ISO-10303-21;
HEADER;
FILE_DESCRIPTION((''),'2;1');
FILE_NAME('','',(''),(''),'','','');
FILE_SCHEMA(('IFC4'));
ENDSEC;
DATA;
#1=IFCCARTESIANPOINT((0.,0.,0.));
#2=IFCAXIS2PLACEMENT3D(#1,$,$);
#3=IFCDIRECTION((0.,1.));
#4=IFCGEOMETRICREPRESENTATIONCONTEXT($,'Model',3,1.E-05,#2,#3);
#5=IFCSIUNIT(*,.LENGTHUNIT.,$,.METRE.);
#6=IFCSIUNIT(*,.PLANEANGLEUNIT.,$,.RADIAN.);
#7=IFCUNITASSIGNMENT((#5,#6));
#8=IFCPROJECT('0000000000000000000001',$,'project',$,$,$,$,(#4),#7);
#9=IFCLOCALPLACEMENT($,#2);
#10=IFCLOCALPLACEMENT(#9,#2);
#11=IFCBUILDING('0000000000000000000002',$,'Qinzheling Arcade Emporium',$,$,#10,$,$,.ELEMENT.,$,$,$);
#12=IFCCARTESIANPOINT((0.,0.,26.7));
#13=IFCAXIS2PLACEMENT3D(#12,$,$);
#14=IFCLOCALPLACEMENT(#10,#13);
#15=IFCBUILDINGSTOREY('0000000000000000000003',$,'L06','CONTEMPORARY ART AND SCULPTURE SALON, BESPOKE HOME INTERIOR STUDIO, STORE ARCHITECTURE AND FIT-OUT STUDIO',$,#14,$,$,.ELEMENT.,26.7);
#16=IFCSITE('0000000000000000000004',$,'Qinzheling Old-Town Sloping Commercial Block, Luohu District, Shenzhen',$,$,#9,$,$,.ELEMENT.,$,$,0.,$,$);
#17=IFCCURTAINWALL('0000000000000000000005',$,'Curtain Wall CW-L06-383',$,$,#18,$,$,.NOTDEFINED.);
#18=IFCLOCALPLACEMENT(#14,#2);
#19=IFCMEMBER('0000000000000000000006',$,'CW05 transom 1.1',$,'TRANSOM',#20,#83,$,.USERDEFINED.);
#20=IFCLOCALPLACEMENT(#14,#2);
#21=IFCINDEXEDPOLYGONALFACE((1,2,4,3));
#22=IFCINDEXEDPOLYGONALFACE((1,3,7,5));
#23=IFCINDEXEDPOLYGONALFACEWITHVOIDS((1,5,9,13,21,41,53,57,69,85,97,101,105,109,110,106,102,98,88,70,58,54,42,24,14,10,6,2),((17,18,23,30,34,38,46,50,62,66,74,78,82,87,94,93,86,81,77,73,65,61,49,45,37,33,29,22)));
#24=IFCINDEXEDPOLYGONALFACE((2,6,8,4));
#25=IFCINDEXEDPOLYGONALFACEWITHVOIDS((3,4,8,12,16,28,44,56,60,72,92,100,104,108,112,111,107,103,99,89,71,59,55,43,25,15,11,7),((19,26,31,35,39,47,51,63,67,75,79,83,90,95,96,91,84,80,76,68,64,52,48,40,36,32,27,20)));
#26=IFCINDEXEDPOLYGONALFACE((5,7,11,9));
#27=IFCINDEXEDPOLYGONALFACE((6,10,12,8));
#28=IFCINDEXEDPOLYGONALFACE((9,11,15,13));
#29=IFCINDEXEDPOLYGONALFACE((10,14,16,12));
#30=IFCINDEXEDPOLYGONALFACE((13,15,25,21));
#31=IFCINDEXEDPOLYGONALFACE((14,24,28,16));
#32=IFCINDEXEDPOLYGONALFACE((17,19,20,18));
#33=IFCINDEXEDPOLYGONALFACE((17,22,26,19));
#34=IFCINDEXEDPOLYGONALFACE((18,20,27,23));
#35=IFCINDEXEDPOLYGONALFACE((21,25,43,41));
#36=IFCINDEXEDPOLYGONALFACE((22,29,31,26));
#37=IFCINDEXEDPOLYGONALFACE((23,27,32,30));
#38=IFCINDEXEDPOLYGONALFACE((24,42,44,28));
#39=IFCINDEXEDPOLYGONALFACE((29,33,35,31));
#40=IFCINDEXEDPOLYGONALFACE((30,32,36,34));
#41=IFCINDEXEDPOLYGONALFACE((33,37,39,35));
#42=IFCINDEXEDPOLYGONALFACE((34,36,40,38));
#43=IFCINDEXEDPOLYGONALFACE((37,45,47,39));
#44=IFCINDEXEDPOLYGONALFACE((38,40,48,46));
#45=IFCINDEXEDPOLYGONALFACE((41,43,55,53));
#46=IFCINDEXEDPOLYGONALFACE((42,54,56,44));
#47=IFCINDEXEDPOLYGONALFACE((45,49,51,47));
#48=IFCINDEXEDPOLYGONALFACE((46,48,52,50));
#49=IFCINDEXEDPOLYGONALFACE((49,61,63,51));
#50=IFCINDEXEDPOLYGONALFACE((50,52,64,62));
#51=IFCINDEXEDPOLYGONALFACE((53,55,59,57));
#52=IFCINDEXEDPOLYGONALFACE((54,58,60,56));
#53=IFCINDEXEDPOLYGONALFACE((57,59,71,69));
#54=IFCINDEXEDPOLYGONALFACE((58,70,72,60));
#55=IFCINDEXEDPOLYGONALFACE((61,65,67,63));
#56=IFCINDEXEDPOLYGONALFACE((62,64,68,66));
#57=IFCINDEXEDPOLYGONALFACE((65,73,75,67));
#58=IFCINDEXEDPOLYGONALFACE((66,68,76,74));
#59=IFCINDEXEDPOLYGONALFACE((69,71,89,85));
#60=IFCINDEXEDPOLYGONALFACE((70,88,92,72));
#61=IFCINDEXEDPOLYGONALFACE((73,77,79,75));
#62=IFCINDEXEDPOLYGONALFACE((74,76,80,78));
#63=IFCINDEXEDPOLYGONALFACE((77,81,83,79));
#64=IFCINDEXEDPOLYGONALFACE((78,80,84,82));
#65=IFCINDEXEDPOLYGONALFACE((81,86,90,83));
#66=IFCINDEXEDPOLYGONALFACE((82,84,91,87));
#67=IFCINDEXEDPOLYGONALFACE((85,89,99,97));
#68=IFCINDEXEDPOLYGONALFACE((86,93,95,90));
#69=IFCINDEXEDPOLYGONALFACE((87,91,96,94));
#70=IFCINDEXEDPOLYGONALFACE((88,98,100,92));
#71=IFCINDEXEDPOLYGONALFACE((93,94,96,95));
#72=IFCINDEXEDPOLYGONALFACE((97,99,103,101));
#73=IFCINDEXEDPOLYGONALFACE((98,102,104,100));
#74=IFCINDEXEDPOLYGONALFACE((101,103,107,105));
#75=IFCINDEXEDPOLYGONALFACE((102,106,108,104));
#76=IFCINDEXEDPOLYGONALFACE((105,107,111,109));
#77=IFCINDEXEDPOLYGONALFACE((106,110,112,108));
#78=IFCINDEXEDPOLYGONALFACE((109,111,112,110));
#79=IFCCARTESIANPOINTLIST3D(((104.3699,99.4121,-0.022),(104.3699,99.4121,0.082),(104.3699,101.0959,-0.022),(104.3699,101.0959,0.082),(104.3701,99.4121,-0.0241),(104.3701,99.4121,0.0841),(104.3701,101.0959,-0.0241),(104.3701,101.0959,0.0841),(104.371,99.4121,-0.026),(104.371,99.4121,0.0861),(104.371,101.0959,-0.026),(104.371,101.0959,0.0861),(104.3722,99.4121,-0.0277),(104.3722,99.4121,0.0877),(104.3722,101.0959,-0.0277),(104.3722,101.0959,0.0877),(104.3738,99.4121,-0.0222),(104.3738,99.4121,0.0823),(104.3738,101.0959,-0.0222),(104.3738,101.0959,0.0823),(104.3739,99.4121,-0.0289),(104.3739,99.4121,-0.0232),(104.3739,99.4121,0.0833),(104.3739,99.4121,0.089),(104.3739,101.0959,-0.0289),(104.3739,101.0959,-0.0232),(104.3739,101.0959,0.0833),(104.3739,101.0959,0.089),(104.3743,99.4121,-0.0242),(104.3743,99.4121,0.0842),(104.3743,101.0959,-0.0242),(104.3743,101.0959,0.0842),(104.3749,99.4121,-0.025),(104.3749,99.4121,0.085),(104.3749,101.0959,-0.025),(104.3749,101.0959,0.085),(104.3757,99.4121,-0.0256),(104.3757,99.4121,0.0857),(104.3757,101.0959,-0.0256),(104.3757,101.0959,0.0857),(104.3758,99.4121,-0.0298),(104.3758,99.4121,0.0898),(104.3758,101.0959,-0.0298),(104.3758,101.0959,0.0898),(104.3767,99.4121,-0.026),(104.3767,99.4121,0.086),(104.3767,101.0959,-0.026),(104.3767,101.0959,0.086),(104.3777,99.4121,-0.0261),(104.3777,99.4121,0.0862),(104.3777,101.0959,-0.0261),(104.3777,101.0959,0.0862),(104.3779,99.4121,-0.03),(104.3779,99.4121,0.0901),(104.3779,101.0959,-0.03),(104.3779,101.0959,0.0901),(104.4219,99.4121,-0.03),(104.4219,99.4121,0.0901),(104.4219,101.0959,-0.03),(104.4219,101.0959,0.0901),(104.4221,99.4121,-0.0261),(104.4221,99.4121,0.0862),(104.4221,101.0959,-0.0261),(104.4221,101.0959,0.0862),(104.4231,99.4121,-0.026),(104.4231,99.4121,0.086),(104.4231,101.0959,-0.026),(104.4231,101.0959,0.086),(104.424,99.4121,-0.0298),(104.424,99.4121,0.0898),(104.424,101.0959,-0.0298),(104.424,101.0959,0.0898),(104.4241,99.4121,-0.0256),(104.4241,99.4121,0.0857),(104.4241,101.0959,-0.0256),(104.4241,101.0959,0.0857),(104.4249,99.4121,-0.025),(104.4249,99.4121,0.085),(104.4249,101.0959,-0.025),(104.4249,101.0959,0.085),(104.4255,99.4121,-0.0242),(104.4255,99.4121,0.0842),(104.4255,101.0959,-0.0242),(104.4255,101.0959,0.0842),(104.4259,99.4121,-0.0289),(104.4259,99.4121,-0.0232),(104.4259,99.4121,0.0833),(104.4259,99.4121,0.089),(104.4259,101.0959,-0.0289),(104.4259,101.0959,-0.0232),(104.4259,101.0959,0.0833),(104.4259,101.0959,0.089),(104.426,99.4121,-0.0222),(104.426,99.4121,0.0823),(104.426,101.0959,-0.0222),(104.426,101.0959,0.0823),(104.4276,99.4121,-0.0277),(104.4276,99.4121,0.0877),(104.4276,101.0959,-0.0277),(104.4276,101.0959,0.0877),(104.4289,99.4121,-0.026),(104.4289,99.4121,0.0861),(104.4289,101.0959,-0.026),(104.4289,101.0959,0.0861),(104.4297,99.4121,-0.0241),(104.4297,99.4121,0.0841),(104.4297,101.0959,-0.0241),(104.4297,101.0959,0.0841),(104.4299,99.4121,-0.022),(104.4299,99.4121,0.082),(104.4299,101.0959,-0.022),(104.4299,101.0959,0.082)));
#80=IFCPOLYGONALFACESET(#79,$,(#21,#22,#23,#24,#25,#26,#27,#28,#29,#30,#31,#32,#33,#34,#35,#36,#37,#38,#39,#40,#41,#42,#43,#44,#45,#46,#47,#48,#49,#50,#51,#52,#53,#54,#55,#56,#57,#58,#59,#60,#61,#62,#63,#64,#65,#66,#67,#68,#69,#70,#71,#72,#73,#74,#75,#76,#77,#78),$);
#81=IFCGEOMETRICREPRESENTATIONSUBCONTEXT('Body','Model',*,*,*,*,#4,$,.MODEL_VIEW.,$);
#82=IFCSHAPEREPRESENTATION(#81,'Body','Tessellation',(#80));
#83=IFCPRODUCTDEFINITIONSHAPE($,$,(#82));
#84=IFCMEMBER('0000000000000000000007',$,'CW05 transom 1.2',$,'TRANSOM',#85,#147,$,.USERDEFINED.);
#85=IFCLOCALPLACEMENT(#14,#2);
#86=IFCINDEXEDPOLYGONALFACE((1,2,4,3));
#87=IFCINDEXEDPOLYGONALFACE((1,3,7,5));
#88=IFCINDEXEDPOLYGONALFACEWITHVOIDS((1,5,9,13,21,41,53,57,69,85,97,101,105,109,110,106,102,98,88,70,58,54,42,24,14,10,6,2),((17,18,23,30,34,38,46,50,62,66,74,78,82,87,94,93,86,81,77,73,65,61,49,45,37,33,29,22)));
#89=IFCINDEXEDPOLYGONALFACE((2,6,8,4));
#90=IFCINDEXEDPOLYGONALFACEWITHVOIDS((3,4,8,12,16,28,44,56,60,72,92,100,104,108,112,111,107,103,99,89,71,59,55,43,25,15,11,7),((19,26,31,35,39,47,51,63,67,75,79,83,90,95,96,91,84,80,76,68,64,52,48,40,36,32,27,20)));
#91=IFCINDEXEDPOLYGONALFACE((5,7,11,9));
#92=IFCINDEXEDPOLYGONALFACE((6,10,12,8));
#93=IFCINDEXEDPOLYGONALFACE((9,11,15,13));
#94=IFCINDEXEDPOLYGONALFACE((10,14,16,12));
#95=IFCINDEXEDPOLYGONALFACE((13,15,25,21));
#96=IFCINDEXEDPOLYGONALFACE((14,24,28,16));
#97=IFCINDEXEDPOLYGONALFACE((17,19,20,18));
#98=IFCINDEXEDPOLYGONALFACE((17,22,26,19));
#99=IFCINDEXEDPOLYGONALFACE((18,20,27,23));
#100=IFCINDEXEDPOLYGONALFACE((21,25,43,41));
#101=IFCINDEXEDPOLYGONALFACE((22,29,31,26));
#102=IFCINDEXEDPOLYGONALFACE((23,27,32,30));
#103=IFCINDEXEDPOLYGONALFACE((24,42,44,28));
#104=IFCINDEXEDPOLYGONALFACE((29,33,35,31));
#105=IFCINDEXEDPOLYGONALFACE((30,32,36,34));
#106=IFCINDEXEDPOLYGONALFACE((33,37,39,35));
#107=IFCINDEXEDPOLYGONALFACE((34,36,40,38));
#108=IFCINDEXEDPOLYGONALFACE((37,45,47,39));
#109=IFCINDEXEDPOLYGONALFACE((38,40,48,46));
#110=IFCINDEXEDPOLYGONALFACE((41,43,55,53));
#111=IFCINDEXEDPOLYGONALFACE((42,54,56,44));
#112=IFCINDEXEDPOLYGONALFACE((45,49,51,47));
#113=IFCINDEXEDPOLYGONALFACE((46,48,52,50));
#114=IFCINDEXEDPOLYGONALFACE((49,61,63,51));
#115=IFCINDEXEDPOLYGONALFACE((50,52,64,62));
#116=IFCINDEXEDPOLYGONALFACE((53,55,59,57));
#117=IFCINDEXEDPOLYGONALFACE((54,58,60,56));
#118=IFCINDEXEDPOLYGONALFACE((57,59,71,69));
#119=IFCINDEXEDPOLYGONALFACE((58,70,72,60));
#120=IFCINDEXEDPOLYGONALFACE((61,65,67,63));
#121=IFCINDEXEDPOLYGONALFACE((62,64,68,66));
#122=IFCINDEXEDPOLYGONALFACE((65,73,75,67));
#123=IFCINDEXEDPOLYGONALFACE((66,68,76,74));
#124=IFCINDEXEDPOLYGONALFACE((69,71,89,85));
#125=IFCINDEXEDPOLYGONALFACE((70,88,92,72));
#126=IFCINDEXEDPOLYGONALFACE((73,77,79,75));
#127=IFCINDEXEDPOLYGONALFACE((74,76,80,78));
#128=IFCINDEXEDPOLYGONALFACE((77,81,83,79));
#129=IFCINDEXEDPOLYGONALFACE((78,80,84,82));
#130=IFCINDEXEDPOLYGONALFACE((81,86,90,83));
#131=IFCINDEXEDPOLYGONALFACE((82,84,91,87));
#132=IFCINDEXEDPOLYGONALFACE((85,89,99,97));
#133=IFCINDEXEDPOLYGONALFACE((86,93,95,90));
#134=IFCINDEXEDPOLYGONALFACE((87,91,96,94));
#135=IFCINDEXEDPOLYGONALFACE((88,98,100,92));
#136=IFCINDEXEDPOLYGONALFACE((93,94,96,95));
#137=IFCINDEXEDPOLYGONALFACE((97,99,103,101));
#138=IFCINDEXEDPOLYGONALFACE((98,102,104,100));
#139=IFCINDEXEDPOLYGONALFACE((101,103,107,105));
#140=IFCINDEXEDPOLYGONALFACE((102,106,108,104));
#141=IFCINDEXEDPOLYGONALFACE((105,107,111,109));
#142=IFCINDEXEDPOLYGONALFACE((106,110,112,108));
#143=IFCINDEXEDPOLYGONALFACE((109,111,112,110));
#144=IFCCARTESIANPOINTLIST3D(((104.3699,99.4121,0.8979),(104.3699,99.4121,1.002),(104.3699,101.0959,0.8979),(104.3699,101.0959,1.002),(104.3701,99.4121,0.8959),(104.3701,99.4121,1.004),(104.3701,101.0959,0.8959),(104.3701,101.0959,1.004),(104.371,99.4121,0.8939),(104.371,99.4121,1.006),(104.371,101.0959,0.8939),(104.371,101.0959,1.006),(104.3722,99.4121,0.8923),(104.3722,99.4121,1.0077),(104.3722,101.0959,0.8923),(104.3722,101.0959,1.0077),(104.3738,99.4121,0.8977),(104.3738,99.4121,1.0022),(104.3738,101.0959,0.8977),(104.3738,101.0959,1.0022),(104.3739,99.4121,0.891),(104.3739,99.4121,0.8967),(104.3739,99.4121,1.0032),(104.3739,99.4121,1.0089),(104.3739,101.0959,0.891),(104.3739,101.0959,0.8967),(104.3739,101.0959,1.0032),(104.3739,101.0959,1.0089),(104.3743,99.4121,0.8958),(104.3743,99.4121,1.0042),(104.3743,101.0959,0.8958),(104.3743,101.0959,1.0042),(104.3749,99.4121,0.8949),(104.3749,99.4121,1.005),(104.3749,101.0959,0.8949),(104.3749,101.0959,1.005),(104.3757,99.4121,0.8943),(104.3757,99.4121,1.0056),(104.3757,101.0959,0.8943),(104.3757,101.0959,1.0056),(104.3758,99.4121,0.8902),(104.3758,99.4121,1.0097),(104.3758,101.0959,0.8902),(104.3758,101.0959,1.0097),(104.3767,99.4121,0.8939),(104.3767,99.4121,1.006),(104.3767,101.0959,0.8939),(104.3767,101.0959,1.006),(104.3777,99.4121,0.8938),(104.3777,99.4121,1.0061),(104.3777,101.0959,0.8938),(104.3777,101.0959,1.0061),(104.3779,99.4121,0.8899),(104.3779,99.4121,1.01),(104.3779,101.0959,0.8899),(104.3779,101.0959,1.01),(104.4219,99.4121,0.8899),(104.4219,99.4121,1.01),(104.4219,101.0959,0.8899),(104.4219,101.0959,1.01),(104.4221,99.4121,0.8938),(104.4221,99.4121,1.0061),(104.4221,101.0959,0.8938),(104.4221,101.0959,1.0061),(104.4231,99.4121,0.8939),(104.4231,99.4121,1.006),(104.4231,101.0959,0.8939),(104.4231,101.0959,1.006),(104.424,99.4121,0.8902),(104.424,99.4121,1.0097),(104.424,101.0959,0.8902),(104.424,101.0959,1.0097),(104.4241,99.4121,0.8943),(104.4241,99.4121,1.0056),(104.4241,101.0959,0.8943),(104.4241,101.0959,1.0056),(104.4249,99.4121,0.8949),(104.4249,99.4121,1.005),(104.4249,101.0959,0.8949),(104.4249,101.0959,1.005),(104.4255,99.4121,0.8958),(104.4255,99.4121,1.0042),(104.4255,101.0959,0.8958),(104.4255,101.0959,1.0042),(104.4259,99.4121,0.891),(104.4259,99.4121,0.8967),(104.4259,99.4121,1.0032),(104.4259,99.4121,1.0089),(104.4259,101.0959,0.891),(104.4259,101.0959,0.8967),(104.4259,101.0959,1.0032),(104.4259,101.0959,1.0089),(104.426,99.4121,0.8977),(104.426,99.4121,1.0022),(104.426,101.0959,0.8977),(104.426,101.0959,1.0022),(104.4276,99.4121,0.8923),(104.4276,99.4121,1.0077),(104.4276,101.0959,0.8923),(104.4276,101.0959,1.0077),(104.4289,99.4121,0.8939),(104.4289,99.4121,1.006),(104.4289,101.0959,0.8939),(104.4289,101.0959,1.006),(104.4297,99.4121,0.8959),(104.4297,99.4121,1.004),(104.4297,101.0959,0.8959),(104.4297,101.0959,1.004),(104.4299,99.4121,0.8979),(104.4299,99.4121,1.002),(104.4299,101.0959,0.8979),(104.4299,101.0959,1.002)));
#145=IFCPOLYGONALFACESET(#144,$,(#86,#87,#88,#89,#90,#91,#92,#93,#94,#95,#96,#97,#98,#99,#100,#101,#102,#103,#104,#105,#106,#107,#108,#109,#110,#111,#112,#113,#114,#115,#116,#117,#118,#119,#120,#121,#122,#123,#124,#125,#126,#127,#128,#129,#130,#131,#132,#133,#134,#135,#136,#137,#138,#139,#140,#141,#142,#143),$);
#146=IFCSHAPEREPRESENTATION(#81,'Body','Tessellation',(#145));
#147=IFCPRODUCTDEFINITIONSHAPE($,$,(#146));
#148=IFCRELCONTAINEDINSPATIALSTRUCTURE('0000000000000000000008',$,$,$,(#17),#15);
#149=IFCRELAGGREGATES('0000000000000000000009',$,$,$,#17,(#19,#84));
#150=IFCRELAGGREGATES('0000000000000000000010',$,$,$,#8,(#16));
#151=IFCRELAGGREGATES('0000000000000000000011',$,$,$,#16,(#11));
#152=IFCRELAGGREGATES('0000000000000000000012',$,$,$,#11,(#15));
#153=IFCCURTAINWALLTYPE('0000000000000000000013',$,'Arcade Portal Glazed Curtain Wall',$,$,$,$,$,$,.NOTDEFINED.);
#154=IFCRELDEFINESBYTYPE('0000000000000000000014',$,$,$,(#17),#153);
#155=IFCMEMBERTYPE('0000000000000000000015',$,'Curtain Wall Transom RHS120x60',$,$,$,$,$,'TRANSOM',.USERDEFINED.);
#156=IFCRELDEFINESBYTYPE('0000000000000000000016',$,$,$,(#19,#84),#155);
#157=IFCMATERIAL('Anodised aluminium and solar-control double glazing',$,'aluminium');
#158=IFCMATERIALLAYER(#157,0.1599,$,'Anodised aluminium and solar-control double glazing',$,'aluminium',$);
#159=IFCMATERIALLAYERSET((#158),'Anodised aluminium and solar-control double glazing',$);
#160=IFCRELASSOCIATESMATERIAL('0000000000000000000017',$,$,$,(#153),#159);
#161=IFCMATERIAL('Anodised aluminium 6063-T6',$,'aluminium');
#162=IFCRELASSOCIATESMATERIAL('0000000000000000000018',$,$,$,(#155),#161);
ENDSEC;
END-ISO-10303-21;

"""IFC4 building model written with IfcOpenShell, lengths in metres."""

from ifc_helpers import new_model, si_unit, direction, frame, origin, origin_2d, place, context, subcontext, project, spatial, hollow_rectangle, extrude, material, layer, layer_set, material_profile, profile_set, type_object, element, aggregate, save


model = new_model("IFC4")

# Units and contexts
model_context = context("Model", 3, precision=1e-05, world=origin(), true_north=direction((0.0, 1.0)))
body_context = subcontext(model_context, "Body", "Model", "MODEL_VIEW")
ifc_project = project(units=[si_unit("LENGTHUNIT", "METRE"), si_unit("PLANEANGLEUNIT", "RADIAN")], contexts=[model_context])

# Site, building, storey
site_placement = place(None, origin())
site = spatial("IfcSite", under=ifc_project, at=site_placement, Name="Qinzheling Old-Town Sloping Commercial Block, Luohu District, Shenzhen", CompositionType="ELEMENT", RefElevation=0.0)
building_placement = place(site_placement, origin())
building = spatial("IfcBuilding", under=site, at=building_placement, Name="Qinzheling Arcade Emporium", CompositionType="ELEMENT")
storey_placement = place(building_placement, frame((0.0, 0.0, 26.7)))
storey = spatial("IfcBuildingStorey", under=building, at=storey_placement, Name="L06", Description="CONTEMPORARY ART AND SCULPTURE SALON, BESPOKE HOME INTERIOR STUDIO, STORE ARCHITECTURE AND FIT-OUT STUDIO", CompositionType="ELEMENT", Elevation=26.7)

# Curtain wall, members
ifc_material_1 = material(Name="Anodised aluminium and solar-control double glazing", Category="aluminium")
ifc_layer_1 = layer(ifc_material_1, 0.1599, Name="Anodised aluminium and solar-control double glazing", Category="aluminium")
ifc_layer_set_1 = layer_set([ifc_layer_1], Name="Anodised aluminium and solar-control double glazing")
curtain_wall_type = type_object("IfcCurtainWallType", Name="Arcade Portal Glazed Curtain Wall", PredefinedType="NOTDEFINED", material=ifc_layer_set_1)
curtain_wall_placement = place(storey_placement, origin())
curtain_wall = element("IfcCurtainWall", 1, at=curtain_wall_placement, inside=storey, type_object=curtain_wall_type, Name="Curtain Wall CW-L06-383", PredefinedType="NOTDEFINED")
ifc_material_2 = material(Name="Anodised aluminium 6063-T6", Category="aluminium")
ifc_material_profile_1 = material_profile(ifc_material_2, hollow_rectangle(XDim=0.0601, YDim=0.1201, WallThickness=0.0039, InnerFilletRadius=0.0039, OuterFilletRadius=0.0081, at=origin_2d()), Name="RHS 120x60x4", Category="aluminium")
ifc_profile_set_1 = profile_set([ifc_material_profile_1], Name="Anodised aluminium 6063-T6")
member_type_1 = type_object("IfcMemberType", Name="Curtain Wall Transom RHS120x60", ElementType="TRANSOM", PredefinedType="USERDEFINED", material=ifc_profile_set_1)
member_1_placement = place(storey_placement, frame((104.3999, 99.4121, 0.03), z_axis=(0.0, 1.0, 0.0), x_axis=(-1.0, 0.0, 0.0)))
member_1 = element("IfcMember", 2, at=member_1_placement, type_object=member_type_1, Name="CW05 transom 1.1", ObjectType="TRANSOM", PredefinedType="USERDEFINED", context=body_context, shape_type="SweptSolid", body=[
    extrude(hollow_rectangle(XDim=0.0601, YDim=0.1201, WallThickness=0.0039, InnerFilletRadius=0.0039, OuterFilletRadius=0.0081, at=origin_2d()), origin(), (0.0, 0.0, 1.0), 1.6838),
])
member_2_placement = place(storey_placement, frame((104.3999, 99.4121, 0.95), z_axis=(0.0, 1.0, 0.0), x_axis=(-1.0, 0.0, 0.0)))
member_2 = element("IfcMember", 3, at=member_2_placement, type_object=member_type_1, Name="CW05 transom 1.2", ObjectType="TRANSOM", PredefinedType="USERDEFINED", context=body_context, shape_type="SweptSolid", body=[
    extrude(hollow_rectangle(XDim=0.0601, YDim=0.1201, WallThickness=0.0039, InnerFilletRadius=0.0039, OuterFilletRadius=0.0081, at=origin_2d()), origin(), (0.0, 0.0, 1.0), 1.6838),
])

aggregate(curtain_wall, [member_1, member_2])

save(model, "model.ifc")
